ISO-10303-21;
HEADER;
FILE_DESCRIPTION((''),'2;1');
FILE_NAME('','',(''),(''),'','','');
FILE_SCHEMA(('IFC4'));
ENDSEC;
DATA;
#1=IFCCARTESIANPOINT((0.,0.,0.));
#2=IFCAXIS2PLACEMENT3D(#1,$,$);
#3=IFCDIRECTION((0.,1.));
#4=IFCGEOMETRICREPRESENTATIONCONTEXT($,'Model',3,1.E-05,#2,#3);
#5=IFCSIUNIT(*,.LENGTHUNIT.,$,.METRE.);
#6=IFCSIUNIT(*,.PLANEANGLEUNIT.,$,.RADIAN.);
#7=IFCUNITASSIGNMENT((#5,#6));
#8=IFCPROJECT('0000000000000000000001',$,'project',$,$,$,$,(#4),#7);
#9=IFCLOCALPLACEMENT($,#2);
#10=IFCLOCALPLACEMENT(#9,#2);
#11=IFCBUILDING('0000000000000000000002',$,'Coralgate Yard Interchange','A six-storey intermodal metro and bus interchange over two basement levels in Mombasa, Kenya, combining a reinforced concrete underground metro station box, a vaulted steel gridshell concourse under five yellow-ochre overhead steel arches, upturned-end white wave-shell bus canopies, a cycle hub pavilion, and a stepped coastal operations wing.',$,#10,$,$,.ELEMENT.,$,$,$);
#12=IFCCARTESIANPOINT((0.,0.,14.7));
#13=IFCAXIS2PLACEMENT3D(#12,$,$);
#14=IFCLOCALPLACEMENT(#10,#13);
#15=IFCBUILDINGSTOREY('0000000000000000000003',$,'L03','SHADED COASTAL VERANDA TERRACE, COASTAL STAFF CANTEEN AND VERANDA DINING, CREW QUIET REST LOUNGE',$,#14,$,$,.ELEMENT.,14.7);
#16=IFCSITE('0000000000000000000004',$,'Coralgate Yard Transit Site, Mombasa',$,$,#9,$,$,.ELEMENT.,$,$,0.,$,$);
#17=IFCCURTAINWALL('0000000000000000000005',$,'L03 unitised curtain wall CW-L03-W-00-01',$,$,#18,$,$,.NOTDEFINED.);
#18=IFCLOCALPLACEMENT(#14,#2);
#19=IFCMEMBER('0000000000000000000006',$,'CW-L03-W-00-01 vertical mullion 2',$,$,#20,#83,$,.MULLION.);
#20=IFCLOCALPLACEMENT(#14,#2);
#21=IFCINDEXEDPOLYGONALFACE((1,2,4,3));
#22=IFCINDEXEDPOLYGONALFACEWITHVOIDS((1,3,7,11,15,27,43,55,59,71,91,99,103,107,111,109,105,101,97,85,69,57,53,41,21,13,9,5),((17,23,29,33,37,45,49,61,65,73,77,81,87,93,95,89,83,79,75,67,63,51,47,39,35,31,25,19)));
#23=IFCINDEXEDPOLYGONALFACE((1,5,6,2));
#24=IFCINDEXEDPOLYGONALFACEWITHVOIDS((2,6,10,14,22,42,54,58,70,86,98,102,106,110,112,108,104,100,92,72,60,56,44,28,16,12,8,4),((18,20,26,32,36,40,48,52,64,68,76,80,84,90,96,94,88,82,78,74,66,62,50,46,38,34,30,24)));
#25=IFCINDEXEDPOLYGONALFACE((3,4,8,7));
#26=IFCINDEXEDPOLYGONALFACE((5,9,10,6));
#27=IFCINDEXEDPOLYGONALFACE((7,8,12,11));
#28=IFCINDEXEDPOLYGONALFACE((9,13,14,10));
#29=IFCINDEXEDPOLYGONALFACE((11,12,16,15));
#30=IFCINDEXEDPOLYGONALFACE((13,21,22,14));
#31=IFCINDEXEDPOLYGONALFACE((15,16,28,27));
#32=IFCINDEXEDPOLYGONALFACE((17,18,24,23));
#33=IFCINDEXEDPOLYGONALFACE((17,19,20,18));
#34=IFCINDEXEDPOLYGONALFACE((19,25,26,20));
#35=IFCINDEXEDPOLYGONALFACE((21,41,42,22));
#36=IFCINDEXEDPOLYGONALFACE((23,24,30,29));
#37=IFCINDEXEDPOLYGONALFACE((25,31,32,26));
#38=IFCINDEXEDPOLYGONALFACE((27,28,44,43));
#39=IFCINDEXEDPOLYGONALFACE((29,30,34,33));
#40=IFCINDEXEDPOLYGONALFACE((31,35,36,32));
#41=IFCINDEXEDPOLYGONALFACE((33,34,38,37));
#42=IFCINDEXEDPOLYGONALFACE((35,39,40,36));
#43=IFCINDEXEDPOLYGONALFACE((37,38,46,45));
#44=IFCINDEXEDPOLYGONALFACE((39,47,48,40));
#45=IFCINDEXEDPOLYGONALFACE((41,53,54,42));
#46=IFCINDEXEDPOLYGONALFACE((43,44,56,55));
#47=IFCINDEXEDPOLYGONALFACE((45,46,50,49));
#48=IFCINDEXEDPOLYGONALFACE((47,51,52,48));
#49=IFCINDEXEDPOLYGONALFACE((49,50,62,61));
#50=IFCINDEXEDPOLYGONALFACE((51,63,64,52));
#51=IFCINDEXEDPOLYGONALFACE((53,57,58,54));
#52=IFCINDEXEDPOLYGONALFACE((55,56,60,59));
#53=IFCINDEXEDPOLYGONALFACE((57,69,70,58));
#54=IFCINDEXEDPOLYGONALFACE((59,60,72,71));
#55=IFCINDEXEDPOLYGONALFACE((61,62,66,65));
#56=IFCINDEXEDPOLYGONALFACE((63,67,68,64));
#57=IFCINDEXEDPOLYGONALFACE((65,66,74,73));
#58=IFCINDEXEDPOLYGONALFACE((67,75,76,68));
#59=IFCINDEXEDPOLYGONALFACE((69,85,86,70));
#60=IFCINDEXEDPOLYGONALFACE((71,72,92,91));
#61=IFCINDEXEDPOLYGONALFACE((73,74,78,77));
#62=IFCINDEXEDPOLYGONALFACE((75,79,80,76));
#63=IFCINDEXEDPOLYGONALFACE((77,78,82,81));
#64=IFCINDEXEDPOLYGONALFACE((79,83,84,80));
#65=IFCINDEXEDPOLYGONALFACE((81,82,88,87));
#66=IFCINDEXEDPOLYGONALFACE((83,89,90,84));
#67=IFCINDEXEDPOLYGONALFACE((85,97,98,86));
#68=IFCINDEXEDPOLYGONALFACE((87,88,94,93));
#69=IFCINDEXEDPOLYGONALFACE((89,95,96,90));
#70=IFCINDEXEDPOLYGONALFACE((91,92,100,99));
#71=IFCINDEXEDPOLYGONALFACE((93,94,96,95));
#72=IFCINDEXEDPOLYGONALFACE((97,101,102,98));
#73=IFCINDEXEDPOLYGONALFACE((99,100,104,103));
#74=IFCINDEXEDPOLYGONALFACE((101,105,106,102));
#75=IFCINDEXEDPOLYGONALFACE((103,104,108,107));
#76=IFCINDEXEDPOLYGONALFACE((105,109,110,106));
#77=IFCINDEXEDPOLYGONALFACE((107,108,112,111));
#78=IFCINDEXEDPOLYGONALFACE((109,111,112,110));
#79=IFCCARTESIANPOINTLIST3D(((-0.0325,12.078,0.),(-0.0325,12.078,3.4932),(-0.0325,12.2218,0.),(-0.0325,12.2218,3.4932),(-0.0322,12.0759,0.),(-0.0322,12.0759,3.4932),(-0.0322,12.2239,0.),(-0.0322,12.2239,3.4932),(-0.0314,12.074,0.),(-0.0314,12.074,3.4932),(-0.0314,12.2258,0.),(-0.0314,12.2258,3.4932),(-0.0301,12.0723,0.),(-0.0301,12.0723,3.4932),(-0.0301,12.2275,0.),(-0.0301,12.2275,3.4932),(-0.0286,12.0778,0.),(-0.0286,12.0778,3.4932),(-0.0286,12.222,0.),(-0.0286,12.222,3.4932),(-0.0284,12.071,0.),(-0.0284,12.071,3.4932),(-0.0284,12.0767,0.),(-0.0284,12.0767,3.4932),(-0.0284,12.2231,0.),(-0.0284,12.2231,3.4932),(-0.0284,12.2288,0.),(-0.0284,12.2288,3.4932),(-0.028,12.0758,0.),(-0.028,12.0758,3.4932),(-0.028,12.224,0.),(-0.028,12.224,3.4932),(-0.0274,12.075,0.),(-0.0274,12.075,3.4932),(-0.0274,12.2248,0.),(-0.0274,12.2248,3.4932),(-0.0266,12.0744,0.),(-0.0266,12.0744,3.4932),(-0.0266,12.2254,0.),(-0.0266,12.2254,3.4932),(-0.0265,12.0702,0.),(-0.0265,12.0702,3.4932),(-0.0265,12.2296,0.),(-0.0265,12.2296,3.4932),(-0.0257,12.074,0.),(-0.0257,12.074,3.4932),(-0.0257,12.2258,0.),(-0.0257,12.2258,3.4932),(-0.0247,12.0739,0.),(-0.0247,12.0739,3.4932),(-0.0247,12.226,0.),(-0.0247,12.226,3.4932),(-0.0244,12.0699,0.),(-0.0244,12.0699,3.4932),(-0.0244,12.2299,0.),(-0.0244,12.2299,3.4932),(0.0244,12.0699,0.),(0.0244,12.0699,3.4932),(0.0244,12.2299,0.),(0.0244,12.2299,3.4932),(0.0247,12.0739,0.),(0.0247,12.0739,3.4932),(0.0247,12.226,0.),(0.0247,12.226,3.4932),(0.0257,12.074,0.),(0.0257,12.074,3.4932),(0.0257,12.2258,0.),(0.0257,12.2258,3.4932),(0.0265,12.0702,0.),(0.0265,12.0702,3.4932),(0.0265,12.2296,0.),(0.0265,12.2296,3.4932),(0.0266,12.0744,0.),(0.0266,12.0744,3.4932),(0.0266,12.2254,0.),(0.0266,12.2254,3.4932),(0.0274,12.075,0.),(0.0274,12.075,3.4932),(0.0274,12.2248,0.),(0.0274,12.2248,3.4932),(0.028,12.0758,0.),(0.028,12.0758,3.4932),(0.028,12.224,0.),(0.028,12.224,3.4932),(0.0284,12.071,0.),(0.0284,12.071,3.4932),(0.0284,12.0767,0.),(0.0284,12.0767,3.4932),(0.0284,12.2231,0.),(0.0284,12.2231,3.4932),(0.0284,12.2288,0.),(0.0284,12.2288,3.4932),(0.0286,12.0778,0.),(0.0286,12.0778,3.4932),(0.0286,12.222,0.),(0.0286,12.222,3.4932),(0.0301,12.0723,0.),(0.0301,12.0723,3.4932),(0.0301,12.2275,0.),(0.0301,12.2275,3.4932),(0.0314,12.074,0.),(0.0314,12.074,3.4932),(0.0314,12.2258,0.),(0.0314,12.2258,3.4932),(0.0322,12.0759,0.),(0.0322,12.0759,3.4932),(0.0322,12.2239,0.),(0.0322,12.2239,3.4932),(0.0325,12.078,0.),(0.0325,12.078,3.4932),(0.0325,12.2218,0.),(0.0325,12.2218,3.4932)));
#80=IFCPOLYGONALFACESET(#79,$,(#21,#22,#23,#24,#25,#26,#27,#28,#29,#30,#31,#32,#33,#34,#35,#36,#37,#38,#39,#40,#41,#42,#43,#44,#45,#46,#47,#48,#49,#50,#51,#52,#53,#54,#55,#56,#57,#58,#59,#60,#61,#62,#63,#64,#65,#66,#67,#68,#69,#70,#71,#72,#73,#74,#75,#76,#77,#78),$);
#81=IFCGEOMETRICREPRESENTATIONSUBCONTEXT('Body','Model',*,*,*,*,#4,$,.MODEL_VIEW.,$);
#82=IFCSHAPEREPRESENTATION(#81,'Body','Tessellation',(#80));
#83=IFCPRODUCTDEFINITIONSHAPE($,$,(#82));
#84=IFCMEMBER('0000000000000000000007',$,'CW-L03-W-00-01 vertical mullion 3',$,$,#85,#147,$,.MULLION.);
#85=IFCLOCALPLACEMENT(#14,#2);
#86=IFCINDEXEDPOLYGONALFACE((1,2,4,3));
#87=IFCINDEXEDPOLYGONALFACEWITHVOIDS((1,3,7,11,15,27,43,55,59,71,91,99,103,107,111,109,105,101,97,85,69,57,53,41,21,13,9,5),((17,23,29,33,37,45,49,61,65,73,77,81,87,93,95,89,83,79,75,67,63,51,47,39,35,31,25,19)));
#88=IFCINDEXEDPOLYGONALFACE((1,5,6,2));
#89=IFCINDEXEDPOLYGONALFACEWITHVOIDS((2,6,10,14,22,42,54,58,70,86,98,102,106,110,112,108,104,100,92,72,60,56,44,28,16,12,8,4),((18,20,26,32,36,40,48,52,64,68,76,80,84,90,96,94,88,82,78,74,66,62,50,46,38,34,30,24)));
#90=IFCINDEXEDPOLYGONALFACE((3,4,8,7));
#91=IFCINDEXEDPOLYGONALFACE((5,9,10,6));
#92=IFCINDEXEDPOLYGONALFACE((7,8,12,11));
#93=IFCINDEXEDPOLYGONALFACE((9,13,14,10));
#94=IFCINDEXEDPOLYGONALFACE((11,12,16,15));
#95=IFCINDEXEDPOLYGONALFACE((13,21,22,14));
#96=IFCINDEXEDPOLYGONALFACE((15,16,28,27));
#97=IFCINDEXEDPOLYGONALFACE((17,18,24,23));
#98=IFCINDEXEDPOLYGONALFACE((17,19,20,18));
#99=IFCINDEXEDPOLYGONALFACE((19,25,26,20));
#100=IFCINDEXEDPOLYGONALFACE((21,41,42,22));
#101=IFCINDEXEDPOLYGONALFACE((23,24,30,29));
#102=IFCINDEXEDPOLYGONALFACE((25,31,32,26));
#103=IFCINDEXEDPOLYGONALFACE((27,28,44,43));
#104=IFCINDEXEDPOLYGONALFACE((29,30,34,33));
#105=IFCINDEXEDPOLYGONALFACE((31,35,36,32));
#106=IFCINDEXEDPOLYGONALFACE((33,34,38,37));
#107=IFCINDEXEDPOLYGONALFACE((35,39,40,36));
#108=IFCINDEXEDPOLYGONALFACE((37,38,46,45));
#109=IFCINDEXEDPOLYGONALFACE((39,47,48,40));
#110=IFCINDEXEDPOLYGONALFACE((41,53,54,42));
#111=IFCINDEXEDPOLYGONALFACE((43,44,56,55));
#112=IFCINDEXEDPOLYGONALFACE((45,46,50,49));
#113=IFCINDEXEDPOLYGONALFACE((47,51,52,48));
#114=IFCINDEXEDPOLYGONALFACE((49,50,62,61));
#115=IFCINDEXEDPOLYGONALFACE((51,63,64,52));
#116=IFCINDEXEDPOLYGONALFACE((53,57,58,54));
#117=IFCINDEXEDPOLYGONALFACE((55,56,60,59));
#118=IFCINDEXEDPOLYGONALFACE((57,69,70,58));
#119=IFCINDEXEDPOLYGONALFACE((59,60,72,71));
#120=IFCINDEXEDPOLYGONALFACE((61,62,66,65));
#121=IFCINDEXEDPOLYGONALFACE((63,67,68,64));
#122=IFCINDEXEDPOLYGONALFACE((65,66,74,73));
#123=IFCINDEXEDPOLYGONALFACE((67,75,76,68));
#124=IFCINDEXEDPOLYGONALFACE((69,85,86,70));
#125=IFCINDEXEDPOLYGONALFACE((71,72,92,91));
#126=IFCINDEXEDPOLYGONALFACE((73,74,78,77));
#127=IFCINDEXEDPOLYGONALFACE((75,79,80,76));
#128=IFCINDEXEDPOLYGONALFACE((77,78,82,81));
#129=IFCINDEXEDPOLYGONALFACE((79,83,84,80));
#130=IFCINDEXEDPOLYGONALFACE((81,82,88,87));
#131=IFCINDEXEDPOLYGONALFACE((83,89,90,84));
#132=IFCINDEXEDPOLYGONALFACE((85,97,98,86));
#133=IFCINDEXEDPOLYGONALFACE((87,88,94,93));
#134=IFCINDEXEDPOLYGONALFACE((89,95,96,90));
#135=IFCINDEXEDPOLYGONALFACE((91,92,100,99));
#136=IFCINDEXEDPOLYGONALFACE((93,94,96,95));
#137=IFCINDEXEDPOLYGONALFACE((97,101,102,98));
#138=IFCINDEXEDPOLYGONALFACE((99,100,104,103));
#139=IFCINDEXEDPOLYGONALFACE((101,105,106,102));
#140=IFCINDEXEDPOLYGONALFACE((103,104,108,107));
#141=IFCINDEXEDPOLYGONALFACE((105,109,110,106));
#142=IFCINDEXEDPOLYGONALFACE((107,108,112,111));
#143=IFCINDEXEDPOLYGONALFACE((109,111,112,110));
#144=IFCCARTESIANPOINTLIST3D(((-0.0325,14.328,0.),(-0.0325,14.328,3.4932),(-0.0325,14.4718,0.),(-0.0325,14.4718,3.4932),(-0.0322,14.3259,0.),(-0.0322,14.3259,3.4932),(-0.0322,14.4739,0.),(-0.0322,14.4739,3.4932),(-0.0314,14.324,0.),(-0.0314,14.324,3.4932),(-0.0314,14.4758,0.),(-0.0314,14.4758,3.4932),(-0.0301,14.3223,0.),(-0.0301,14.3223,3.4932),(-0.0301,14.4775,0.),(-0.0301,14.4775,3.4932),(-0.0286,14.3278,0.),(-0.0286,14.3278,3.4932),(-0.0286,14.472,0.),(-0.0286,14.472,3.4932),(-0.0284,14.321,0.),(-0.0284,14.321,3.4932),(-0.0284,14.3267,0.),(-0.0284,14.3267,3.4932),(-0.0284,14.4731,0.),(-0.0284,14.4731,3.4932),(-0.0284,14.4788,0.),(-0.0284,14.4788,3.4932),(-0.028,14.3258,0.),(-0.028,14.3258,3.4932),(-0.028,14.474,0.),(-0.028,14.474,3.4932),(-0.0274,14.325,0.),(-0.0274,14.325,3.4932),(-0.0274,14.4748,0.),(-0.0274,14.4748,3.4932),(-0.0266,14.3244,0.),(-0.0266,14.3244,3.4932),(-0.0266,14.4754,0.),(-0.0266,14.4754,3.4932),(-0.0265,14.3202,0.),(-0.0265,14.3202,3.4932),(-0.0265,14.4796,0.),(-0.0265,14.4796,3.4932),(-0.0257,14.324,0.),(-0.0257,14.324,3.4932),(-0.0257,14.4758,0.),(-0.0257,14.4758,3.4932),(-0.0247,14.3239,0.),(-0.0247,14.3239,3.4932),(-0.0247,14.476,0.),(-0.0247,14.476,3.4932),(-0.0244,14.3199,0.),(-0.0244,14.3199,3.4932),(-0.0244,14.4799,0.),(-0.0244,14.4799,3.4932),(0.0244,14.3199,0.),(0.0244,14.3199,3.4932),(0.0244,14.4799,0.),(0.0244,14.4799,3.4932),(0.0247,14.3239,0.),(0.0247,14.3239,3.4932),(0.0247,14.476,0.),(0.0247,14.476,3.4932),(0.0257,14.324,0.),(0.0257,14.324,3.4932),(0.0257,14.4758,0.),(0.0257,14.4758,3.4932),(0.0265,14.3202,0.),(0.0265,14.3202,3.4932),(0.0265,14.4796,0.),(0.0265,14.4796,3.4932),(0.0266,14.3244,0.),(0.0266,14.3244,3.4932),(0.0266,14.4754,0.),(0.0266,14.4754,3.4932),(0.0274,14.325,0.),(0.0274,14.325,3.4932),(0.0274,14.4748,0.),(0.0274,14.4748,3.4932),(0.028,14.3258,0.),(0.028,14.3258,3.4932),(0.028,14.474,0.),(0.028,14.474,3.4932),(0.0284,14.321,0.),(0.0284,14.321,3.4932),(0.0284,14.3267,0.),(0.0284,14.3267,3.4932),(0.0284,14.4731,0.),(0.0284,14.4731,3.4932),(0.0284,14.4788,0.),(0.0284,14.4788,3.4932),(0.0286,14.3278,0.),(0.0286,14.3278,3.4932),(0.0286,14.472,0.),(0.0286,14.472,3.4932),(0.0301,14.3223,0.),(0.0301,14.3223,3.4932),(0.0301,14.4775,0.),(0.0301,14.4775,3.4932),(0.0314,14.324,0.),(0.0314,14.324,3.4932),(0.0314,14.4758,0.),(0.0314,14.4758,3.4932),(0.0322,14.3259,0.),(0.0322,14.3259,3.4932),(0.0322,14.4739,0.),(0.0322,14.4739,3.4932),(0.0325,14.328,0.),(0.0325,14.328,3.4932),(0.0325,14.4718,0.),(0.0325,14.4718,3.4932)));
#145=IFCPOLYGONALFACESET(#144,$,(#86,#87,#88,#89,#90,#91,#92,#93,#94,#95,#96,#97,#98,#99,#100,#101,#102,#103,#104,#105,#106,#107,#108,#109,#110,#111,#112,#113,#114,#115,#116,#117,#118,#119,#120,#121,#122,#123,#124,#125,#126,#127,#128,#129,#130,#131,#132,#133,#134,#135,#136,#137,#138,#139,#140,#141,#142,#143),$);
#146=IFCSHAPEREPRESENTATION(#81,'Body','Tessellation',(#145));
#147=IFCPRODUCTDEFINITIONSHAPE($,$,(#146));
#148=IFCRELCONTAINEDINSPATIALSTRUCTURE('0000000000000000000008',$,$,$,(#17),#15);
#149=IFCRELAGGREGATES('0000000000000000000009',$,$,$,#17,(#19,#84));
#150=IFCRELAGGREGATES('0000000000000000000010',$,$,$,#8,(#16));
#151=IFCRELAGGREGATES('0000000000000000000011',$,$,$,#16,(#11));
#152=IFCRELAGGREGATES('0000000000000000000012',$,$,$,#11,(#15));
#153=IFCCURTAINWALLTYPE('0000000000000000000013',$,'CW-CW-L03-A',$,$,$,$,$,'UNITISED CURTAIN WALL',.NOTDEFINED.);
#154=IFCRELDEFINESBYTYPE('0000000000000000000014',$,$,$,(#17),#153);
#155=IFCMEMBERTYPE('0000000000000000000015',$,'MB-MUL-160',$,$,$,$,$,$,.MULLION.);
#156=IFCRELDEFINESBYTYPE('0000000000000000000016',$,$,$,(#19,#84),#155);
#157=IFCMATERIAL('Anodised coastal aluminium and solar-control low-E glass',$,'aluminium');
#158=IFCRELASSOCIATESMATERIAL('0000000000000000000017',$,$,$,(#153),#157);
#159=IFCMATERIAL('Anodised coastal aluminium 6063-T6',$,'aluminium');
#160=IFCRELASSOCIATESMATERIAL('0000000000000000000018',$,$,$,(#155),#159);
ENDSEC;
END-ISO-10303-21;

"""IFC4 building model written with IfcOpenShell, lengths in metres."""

from ifc_helpers import new_model, si_unit, direction, frame, origin, origin_2d, place, context, subcontext, project, spatial, hollow_rectangle, extrude, material, material_profile, profile_set, type_object, element, aggregate, save


model = new_model("IFC4")

# Units and contexts
model_context = context("Model", 3, precision=1e-05, world=origin(), true_north=direction((0.0, 1.0)))
body_context = subcontext(model_context, "Body", "Model", "MODEL_VIEW")
ifc_project = project(units=[si_unit("LENGTHUNIT", "METRE"), si_unit("PLANEANGLEUNIT", "RADIAN")], contexts=[model_context])

# Site, building, storey
site_placement = place(None, origin())
site = spatial("IfcSite", under=ifc_project, at=site_placement, Name="Coralgate Yard Transit Site, Mombasa", CompositionType="ELEMENT", RefElevation=0.0)
building_placement = place(site_placement, origin())
building = spatial("IfcBuilding", under=site, at=building_placement, Name="Coralgate Yard Interchange", Description="A six-storey intermodal metro and bus interchange over two basement levels in Mombasa, Kenya, combining a reinforced concrete underground metro station box, a vaulted steel gridshell concourse under five yellow-ochre overhead steel arches, upturned-end white wave-shell bus canopies, a cycle hub pavilion, and a stepped coastal operations wing.", CompositionType="ELEMENT")
storey_placement = place(building_placement, frame((0.0, 0.0, 14.7)))
storey = spatial("IfcBuildingStorey", under=building, at=storey_placement, Name="L03", Description="SHADED COASTAL VERANDA TERRACE, COASTAL STAFF CANTEEN AND VERANDA DINING, CREW QUIET REST LOUNGE", CompositionType="ELEMENT", Elevation=14.7)

# Curtain wall, members
ifc_material_1 = material(Name="Anodised coastal aluminium and solar-control low-E glass", Category="aluminium")
curtain_wall_type = type_object("IfcCurtainWallType", Name="CW-CW-L03-A", ElementType="UNITISED CURTAIN WALL", PredefinedType="NOTDEFINED", material=ifc_material_1)
curtain_wall_placement = place(storey_placement, origin())
curtain_wall = element("IfcCurtainWall", 1, at=curtain_wall_placement, inside=storey, type_object=curtain_wall_type, Name="L03 unitised curtain wall CW-L03-W-00-01", PredefinedType="NOTDEFINED")
ifc_material_2 = material(Name="Anodised coastal aluminium 6063-T6", Category="aluminium")
ifc_material_profile_1 = material_profile(ifc_material_2, hollow_rectangle(XDim=0.0649, YDim=0.1599, WallThickness=0.0039, InnerFilletRadius=0.0039, OuterFilletRadius=0.0081, at=origin_2d()), Name="ALU 65x160x4")
ifc_profile_set_1 = profile_set([ifc_material_profile_1], Name="Anodised coastal aluminium 6063-T6")
member_type_1 = type_object("IfcMemberType", Name="MB-MUL-160", PredefinedType="MULLION", material=ifc_profile_set_1)
member_1_placement = place(storey_placement, frame((0.0, 12.1499, 0.0), z_axis=(0.0, 0.0, 1.0), x_axis=(1.0, 0.0, 0.0)))
member_1 = element("IfcMember", 2, at=member_1_placement, type_object=member_type_1, Name="CW-L03-W-00-01 vertical mullion 2", PredefinedType="MULLION", context=body_context, shape_type="SweptSolid", body=[
    extrude(hollow_rectangle(XDim=0.0649, YDim=0.1599, WallThickness=0.0039, InnerFilletRadius=0.0039, OuterFilletRadius=0.0081, at=origin_2d()), origin(), (0.0, 0.0, 1.0), 3.4932),
])
member_2_placement = place(storey_placement, frame((0.0, 14.3999, 0.0), z_axis=(0.0, 0.0, 1.0), x_axis=(1.0, 0.0, 0.0)))
member_2 = element("IfcMember", 3, at=member_2_placement, type_object=member_type_1, Name="CW-L03-W-00-01 vertical mullion 3", PredefinedType="MULLION", context=body_context, shape_type="SweptSolid", body=[
    extrude(hollow_rectangle(XDim=0.0649, YDim=0.1599, WallThickness=0.0039, InnerFilletRadius=0.0039, OuterFilletRadius=0.0081, at=origin_2d()), origin(), (0.0, 0.0, 1.0), 3.4932),
])
aggregate(curtain_wall, [member_1, member_2])

save(model, "model.ifc")
